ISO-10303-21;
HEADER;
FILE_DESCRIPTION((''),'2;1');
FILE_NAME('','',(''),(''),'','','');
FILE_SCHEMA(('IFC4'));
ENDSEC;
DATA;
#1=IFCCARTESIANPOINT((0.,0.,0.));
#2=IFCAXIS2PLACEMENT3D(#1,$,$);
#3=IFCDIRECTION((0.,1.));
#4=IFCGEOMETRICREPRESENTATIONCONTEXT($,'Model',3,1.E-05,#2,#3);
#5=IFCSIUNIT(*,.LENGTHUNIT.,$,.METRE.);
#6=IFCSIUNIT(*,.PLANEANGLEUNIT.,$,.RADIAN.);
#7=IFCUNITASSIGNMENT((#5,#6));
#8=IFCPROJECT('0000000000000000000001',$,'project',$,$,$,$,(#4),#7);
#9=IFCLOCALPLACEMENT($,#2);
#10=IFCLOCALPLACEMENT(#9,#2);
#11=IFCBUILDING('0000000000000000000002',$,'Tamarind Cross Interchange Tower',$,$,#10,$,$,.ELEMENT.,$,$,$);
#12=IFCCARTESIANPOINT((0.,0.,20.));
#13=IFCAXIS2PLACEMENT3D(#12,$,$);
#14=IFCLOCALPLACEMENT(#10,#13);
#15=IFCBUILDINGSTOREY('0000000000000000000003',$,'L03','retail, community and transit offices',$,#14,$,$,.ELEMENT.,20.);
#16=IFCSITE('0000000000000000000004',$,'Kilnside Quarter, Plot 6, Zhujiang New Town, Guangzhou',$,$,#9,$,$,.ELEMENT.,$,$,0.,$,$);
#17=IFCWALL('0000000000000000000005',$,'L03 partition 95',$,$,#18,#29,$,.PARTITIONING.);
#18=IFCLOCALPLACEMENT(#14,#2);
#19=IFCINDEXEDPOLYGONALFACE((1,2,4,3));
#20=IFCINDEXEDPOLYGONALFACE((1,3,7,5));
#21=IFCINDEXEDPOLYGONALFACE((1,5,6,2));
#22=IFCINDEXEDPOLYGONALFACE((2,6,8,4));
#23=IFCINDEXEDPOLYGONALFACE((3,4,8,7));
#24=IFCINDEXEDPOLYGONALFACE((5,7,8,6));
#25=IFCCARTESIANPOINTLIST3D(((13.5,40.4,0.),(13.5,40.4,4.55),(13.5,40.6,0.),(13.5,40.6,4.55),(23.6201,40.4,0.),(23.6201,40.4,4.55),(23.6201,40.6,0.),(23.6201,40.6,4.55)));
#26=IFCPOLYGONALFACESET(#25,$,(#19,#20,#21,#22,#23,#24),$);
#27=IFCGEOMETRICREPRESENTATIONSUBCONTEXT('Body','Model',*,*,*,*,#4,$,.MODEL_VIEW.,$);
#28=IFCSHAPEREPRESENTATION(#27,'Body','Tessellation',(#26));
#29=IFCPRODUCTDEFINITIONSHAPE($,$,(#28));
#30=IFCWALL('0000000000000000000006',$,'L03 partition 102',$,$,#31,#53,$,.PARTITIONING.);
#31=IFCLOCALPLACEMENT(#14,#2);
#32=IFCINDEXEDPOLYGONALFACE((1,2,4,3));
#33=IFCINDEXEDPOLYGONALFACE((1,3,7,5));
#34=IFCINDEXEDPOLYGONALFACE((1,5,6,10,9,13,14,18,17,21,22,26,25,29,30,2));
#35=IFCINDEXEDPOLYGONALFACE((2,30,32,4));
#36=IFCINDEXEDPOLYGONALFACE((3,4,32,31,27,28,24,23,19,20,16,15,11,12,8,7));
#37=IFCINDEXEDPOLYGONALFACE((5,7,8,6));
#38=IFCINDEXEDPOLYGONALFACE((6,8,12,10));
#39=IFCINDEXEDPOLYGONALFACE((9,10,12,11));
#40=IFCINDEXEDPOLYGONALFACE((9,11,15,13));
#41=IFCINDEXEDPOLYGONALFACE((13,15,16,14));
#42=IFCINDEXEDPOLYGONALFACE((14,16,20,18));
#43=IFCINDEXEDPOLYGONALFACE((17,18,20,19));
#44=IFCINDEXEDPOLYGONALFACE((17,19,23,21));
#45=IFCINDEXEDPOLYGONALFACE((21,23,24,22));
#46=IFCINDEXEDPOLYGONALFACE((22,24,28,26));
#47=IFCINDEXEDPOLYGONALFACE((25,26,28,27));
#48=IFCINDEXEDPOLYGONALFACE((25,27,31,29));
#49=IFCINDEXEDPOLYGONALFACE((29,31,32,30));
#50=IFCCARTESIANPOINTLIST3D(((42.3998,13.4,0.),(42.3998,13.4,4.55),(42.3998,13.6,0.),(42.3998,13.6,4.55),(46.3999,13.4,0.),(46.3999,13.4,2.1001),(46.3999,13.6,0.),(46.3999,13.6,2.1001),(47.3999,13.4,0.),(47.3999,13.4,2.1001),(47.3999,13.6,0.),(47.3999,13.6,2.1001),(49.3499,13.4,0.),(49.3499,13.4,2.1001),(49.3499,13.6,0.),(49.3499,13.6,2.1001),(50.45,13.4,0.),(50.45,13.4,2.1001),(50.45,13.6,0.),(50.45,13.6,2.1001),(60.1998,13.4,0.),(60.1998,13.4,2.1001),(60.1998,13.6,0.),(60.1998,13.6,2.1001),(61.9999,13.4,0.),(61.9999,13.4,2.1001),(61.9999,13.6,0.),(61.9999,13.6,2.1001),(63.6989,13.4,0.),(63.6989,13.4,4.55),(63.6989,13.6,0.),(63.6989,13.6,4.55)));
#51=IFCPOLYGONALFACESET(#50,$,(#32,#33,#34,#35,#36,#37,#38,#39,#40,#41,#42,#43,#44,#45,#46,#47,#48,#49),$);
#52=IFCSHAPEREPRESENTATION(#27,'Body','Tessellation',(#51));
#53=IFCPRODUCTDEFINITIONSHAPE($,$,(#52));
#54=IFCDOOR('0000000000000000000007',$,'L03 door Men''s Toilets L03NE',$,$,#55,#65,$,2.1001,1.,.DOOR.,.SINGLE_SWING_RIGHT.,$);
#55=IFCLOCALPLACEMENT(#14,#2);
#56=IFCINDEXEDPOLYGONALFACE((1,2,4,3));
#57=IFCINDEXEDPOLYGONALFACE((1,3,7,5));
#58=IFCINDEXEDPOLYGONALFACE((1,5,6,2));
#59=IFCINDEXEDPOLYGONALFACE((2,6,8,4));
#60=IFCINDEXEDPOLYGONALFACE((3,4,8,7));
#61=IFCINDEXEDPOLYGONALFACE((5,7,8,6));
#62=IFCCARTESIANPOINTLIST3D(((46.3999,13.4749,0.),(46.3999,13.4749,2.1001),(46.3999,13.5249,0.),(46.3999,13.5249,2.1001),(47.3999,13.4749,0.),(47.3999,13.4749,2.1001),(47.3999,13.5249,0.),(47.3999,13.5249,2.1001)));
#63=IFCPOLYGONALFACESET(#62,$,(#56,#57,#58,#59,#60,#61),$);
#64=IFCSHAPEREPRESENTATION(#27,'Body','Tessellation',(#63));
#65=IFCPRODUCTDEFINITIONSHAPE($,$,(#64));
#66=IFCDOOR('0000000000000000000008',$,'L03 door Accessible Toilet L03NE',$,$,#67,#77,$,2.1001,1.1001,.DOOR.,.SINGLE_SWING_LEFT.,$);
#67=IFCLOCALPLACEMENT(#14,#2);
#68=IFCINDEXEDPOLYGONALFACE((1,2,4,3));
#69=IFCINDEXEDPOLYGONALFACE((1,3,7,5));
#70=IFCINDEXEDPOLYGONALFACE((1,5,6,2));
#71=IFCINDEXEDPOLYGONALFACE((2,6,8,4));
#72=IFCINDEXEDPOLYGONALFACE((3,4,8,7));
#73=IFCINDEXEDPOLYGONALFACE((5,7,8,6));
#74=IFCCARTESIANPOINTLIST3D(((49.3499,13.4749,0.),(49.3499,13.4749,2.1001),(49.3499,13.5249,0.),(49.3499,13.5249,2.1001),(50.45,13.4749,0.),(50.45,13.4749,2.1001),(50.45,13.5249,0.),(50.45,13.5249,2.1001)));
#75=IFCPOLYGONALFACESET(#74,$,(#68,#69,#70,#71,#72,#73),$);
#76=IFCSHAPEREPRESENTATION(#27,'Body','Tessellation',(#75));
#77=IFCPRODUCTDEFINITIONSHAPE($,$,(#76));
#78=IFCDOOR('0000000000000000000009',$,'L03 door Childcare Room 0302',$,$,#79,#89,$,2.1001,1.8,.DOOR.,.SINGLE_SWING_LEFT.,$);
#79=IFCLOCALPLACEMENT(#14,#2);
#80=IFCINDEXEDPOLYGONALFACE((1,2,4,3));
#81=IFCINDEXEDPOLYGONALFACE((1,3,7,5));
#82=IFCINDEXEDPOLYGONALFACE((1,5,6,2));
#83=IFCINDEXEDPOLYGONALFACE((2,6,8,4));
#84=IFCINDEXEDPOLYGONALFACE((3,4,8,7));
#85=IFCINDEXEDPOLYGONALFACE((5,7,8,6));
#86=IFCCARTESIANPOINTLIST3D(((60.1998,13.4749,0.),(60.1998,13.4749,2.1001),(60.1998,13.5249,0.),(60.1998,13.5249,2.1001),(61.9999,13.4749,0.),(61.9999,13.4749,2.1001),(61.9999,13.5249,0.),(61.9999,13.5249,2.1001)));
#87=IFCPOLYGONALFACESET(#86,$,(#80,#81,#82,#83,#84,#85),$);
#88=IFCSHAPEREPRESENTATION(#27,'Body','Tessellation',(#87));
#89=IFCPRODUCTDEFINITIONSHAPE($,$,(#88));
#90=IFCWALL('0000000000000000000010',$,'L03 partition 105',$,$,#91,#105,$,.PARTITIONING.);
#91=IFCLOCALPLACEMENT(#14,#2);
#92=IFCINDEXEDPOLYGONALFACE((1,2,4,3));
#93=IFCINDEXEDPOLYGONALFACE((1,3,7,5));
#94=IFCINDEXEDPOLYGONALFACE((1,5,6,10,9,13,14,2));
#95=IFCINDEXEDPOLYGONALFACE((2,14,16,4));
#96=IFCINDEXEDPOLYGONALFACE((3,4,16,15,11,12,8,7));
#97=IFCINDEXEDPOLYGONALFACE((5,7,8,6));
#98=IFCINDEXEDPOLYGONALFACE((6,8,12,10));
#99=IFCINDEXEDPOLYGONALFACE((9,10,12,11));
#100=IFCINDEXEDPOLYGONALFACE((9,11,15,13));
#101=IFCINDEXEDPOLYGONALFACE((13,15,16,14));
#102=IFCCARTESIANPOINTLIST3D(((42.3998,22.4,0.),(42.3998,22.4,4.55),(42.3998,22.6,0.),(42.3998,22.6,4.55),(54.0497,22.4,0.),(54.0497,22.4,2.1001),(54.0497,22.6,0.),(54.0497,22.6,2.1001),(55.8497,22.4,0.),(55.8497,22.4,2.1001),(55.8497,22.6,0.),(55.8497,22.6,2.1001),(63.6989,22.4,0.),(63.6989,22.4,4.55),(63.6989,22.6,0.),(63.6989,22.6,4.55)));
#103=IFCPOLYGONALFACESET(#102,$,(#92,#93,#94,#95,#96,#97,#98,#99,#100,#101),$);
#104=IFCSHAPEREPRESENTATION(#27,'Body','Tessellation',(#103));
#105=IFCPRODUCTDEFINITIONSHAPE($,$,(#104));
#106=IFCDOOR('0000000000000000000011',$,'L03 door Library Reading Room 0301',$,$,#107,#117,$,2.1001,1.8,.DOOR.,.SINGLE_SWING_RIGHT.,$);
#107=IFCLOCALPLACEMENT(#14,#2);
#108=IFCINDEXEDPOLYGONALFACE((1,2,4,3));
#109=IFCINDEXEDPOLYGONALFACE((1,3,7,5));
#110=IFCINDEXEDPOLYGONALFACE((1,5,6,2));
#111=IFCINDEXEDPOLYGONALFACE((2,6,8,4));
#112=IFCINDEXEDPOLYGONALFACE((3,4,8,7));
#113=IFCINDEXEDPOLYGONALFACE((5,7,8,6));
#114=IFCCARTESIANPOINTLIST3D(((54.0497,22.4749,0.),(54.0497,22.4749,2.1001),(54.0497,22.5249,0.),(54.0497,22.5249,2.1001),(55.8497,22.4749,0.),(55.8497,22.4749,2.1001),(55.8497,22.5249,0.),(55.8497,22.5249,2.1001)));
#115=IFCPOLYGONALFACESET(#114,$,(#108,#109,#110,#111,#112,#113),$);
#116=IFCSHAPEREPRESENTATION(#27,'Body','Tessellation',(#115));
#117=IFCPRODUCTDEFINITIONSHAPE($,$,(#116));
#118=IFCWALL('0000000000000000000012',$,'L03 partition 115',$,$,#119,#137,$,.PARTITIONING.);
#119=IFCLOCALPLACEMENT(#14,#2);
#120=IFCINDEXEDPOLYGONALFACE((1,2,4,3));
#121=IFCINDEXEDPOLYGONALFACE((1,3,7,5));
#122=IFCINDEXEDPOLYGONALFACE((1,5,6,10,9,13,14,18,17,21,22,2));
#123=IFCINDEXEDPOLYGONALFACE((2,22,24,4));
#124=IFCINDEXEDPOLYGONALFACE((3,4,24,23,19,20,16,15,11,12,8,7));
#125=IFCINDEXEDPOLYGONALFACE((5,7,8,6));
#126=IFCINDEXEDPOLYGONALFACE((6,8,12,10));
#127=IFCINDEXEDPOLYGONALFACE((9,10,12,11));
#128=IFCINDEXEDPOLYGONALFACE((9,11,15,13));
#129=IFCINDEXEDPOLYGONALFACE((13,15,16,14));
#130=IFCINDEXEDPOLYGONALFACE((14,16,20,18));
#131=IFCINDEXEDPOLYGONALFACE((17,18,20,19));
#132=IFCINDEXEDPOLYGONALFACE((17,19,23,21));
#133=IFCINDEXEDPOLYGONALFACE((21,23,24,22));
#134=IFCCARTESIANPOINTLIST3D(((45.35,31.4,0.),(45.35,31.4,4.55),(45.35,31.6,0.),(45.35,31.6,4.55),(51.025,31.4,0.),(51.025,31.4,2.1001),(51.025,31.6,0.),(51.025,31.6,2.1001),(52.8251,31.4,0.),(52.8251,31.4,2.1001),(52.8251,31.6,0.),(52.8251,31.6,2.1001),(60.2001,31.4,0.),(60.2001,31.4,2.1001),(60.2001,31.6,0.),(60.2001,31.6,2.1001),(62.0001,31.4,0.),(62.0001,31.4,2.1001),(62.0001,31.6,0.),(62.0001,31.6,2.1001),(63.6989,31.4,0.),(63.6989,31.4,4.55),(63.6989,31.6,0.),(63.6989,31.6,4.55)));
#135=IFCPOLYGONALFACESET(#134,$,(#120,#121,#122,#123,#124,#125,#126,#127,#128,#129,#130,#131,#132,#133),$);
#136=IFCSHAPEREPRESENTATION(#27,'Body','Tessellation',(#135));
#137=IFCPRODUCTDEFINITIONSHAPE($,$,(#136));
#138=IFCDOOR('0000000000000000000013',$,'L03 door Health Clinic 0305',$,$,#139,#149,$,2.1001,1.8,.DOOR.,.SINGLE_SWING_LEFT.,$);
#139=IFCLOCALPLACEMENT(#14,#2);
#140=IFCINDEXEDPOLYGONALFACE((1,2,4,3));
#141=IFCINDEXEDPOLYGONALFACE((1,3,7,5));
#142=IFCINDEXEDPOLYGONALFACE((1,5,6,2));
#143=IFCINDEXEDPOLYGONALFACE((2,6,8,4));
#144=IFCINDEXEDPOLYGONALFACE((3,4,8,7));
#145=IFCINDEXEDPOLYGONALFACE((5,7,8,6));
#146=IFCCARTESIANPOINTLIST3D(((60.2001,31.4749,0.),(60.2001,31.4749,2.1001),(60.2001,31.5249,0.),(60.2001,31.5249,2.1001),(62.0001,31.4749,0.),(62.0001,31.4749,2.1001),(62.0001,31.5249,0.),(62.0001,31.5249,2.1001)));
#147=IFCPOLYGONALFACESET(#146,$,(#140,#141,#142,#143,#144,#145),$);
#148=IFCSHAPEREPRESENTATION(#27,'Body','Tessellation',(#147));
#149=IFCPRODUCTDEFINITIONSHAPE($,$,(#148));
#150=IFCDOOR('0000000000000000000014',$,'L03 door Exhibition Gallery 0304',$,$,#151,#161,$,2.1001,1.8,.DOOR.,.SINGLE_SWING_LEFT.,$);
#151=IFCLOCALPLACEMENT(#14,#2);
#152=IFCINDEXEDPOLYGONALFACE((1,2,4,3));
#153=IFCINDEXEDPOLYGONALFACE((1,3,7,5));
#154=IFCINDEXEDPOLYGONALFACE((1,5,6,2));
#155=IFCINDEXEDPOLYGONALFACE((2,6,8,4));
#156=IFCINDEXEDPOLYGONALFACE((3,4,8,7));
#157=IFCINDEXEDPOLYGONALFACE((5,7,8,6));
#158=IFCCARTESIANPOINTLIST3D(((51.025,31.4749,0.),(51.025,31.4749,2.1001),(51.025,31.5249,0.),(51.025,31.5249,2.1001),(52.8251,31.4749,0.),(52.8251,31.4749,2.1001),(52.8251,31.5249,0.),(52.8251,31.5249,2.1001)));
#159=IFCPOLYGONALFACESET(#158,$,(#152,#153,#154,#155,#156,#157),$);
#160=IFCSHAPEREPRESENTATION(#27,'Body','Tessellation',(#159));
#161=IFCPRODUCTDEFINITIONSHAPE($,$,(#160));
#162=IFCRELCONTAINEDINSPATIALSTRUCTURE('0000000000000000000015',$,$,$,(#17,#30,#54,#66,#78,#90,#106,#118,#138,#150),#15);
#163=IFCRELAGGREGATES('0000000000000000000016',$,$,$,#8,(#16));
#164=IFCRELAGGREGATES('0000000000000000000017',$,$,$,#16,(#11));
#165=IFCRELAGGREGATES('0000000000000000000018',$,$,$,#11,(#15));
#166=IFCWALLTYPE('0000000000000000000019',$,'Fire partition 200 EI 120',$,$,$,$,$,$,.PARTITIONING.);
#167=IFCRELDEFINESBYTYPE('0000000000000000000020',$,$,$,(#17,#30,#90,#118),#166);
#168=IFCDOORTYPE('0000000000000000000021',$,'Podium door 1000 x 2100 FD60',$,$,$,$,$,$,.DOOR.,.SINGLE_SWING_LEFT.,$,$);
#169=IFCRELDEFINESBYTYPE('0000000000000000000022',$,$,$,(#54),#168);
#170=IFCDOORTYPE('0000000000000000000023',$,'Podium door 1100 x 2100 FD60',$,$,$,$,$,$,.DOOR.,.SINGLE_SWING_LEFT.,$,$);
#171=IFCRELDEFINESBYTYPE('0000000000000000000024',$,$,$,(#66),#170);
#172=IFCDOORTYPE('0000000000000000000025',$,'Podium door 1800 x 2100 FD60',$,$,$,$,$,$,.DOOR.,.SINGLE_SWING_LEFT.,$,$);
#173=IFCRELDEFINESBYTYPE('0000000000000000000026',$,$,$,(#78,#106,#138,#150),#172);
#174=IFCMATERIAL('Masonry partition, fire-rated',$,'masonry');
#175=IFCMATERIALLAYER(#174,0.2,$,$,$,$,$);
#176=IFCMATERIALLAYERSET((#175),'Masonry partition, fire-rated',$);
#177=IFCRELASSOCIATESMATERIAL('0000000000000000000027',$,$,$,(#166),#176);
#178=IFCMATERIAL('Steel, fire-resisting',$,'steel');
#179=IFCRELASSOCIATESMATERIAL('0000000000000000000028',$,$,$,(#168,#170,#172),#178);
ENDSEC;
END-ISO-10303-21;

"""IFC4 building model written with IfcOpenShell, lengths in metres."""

from ifc_helpers import new_model, si_unit, direction, frame, frame_2d, origin, place, context, subcontext, project, spatial, rectangle, extrude, material, layer, layer_set, type_object, element, fill, save


model = new_model("IFC4")

# Units and contexts
model_context = context("Model", 3, precision=1e-05, world=origin(), true_north=direction((0.0, 1.0)))
body_context = subcontext(model_context, "Body", "Model", "MODEL_VIEW")
ifc_project = project(units=[si_unit("LENGTHUNIT", "METRE"), si_unit("PLANEANGLEUNIT", "RADIAN")], contexts=[model_context])

# Site, building, storey
site_placement = place(None, origin())
site = spatial("IfcSite", under=ifc_project, at=site_placement, Name="Kilnside Quarter, Plot 6, Zhujiang New Town, Guangzhou", CompositionType="ELEMENT", RefElevation=0.0)
building_placement = place(site_placement, origin())
building = spatial("IfcBuilding", under=site, at=building_placement, Name="Tamarind Cross Interchange Tower", CompositionType="ELEMENT")
storey_placement = place(building_placement, frame((0.0, 0.0, 20.0)))
storey = spatial("IfcBuildingStorey", under=building, at=storey_placement, Name="L03", Description="retail, community and transit offices", CompositionType="ELEMENT", Elevation=20.0)

# Wall
ifc_material_1 = material(Name="Masonry partition, fire-rated", Category="masonry")
ifc_layer_1 = layer(ifc_material_1, 0.2)
ifc_layer_set_1 = layer_set([ifc_layer_1], Name="Masonry partition, fire-rated")
wall_type_1 = type_object("IfcWallType", Name="Fire partition 200 EI 120", PredefinedType="PARTITIONING", material=ifc_layer_set_1)
wall_1_placement = place(storey_placement, frame((13.5, 40.5, 0.0), z_axis=(0.0, 0.0, 1.0), x_axis=(1.0, 0.0, 0.0)))
element("IfcWall", 1, at=wall_1_placement, inside=storey, type_object=wall_type_1, Name="L03 partition 95", PredefinedType="PARTITIONING", context=body_context, shape_type="SweptSolid", body=[
    extrude(rectangle(XDim=10.1201, YDim=0.2, at=frame_2d((5.0601, 0.0))), origin(), (0.0, 0.0, 1.0), 4.55),
])

# Wall, openings, doors
wall_2_placement = place(storey_placement, frame((42.3999, 13.5, 0.0), z_axis=(0.0, 0.0, 1.0), x_axis=(1.0, 0.0, 0.0)))
wall_2 = element("IfcWall", 2, at=wall_2_placement, inside=storey, type_object=wall_type_1, Name="L03 partition 102", PredefinedType="PARTITIONING", context=body_context, shape_type="SweptSolid", body=[
    extrude(rectangle(XDim=21.2991, YDim=0.2, at=frame_2d((10.6494, 0.0))), origin(), (0.0, 0.0, 1.0), 4.55),
])
opening_1_placement = place(wall_2_placement, frame((4.0, 0.0, 0.0)))
opening_1 = element("IfcOpeningElement", 3, at=opening_1_placement, cuts=wall_2, PredefinedType="OPENING", context=body_context, shape_type="SweptSolid", body=[
    extrude(rectangle(XDim=1.0, YDim=2.1001, at=frame_2d((0.5, 1.05))), frame((0.0, 0.1099, 0.0), z_axis=(0.0, -1.0, 0.0), x_axis=(1.0, 0.0, 0.0)), (0.0, 0.0, 1.0), 0.22),
])
opening_2_placement = place(wall_2_placement, frame((6.95, 0.0, 0.0)))
opening_2 = element("IfcOpeningElement", 4, at=opening_2_placement, cuts=wall_2, PredefinedType="OPENING", context=body_context, shape_type="SweptSolid", body=[
    extrude(rectangle(XDim=1.1001, YDim=2.1001, at=frame_2d((0.55, 1.05))), frame((0.0, 0.1099, 0.0), z_axis=(0.0, -1.0, 0.0), x_axis=(1.0, 0.0, 0.0)), (0.0, 0.0, 1.0), 0.22),
])
opening_3_placement = place(wall_2_placement, frame((17.8, 0.0, 0.0)))
opening_3 = element("IfcOpeningElement", 5, at=opening_3_placement, cuts=wall_2, PredefinedType="OPENING", context=body_context, shape_type="SweptSolid", body=[
    extrude(rectangle(XDim=1.8, YDim=2.1001, at=frame_2d((0.8999, 1.05))), frame((0.0, 0.1099, 0.0), z_axis=(0.0, -1.0, 0.0), x_axis=(1.0, 0.0, 0.0)), (0.0, 0.0, 1.0), 0.22),
])
ifc_material_2 = material(Name="Steel, fire-resisting", Category="steel")
door_type_1 = type_object("IfcDoorType", Name="Podium door 1000 x 2100 FD60", OperationType="SINGLE_SWING_LEFT", PredefinedType="DOOR", material=ifc_material_2)
door_1_placement = place(opening_1_placement, origin())
door_1 = element("IfcDoor", 6, at=door_1_placement, inside=storey, type_object=door_type_1, Name="L03 door Men's Toilets L03NE", OperationType="SINGLE_SWING_RIGHT", OverallHeight=2.1001, OverallWidth=1.0, PredefinedType="DOOR", context=body_context, shape_type="SweptSolid", body=[
    extrude(rectangle(XDim=1.0, YDim=2.1001, at=frame_2d((0.5, 1.05))), frame((0.0, 0.0249, 0.0), z_axis=(0.0, -1.0, 0.0), x_axis=(1.0, 0.0, 0.0)), (0.0, 0.0, 1.0), 0.05),
])
fill(opening_1, door_1)
door_type_2 = type_object("IfcDoorType", Name="Podium door 1100 x 2100 FD60", OperationType="SINGLE_SWING_LEFT", PredefinedType="DOOR", material=ifc_material_2)
door_2_placement = place(opening_2_placement, origin())
door_2 = element("IfcDoor", 7, at=door_2_placement, inside=storey, type_object=door_type_2, Name="L03 door Accessible Toilet L03NE", OperationType="SINGLE_SWING_LEFT", OverallHeight=2.1001, OverallWidth=1.1001, PredefinedType="DOOR", context=body_context, shape_type="SweptSolid", body=[
    extrude(rectangle(XDim=1.1001, YDim=2.1001, at=frame_2d((0.55, 1.05))), frame((0.0, 0.0249, 0.0), z_axis=(0.0, -1.0, 0.0), x_axis=(1.0, 0.0, 0.0)), (0.0, 0.0, 1.0), 0.05),
])
fill(opening_2, door_2)
door_type_3 = type_object("IfcDoorType", Name="Podium door 1800 x 2100 FD60", OperationType="SINGLE_SWING_LEFT", PredefinedType="DOOR", material=ifc_material_2)
door_3_placement = place(opening_3_placement, origin())
door_3 = element("IfcDoor", 8, at=door_3_placement, inside=storey, type_object=door_type_3, Name="L03 door Childcare Room 0302", OperationType="SINGLE_SWING_LEFT", OverallHeight=2.1001, OverallWidth=1.8, PredefinedType="DOOR", context=body_context, shape_type="SweptSolid", body=[
    extrude(rectangle(XDim=1.8, YDim=2.1001, at=frame_2d((0.8999, 1.05))), frame((0.0, 0.0249, 0.0), z_axis=(0.0, -1.0, 0.0), x_axis=(1.0, 0.0, 0.0)), (0.0, 0.0, 1.0), 0.05),
])
fill(opening_3, door_3)

# Wall, opening, door
wall_3_placement = place(storey_placement, frame((42.3999, 22.5, 0.0), z_axis=(0.0, 0.0, 1.0), x_axis=(1.0, 0.0, 0.0)))
wall_3 = element("IfcWall", 9, at=wall_3_placement, inside=storey, type_object=wall_type_1, Name="L03 partition 105", PredefinedType="PARTITIONING", context=body_context, shape_type="SweptSolid", body=[
    extrude(rectangle(XDim=21.2991, YDim=0.2, at=frame_2d((10.6494, 0.0))), origin(), (0.0, 0.0, 1.0), 4.55),
])
opening_4_placement = place(wall_3_placement, frame((11.6499, 0.0, 0.0)))
opening_4 = element("IfcOpeningElement", 10, at=opening_4_placement, cuts=wall_3, PredefinedType="OPENING", context=body_context, shape_type="SweptSolid", body=[
    extrude(rectangle(XDim=1.8, YDim=2.1001, at=frame_2d((0.8999, 1.05))), frame((0.0, 0.1099, 0.0), z_axis=(0.0, -1.0, 0.0), x_axis=(1.0, 0.0, 0.0)), (0.0, 0.0, 1.0), 0.22),
])
door_4_placement = place(opening_4_placement, origin())
door_4 = element("IfcDoor", 11, at=door_4_placement, inside=storey, type_object=door_type_3, Name="L03 door Library Reading Room 0301", OperationType="SINGLE_SWING_RIGHT", OverallHeight=2.1001, OverallWidth=1.8, PredefinedType="DOOR", context=body_context, shape_type="SweptSolid", body=[
    extrude(rectangle(XDim=1.8, YDim=2.1001, at=frame_2d((0.8999, 1.05))), frame((0.0, 0.0249, 0.0), z_axis=(0.0, -1.0, 0.0), x_axis=(1.0, 0.0, 0.0)), (0.0, 0.0, 1.0), 0.05),
])
fill(opening_4, door_4)

# Wall, openings, doors
wall_4_placement = place(storey_placement, frame((45.3501, 31.5, 0.0), z_axis=(0.0, 0.0, 1.0), x_axis=(1.0, 0.0, 0.0)))
wall_4 = element("IfcWall", 12, at=wall_4_placement, inside=storey, type_object=wall_type_1, Name="L03 partition 115", PredefinedType="PARTITIONING", context=body_context, shape_type="SweptSolid", body=[
    extrude(rectangle(XDim=18.3489, YDim=0.2, at=frame_2d((9.1743, 0.0))), origin(), (0.0, 0.0, 1.0), 4.55),
])
opening_5_placement = place(wall_4_placement, frame((14.8501, 0.0, 0.0)))
opening_5 = element("IfcOpeningElement", 13, at=opening_5_placement, cuts=wall_4, PredefinedType="OPENING", context=body_context, shape_type="SweptSolid", body=[
    extrude(rectangle(XDim=1.8, YDim=2.1001, at=frame_2d((0.8999, 1.05))), frame((0.0, 0.1099, 0.0), z_axis=(0.0, -1.0, 0.0), x_axis=(1.0, 0.0, 0.0)), (0.0, 0.0, 1.0), 0.22),
])
opening_6_placement = place(wall_4_placement, frame((5.675, 0.0, 0.0)))
opening_6 = element("IfcOpeningElement", 14, at=opening_6_placement, cuts=wall_4, PredefinedType="OPENING", context=body_context, shape_type="SweptSolid", body=[
    extrude(rectangle(XDim=1.8, YDim=2.1001, at=frame_2d((0.8999, 1.05))), frame((0.0, 0.1099, 0.0), z_axis=(0.0, -1.0, 0.0), x_axis=(1.0, 0.0, 0.0)), (0.0, 0.0, 1.0), 0.22),
])
door_5_placement = place(opening_5_placement, origin())
door_5 = element("IfcDoor", 15, at=door_5_placement, inside=storey, type_object=door_type_3, Name="L03 door Health Clinic 0305", OperationType="SINGLE_SWING_LEFT", OverallHeight=2.1001, OverallWidth=1.8, PredefinedType="DOOR", context=body_context, shape_type="SweptSolid", body=[
    extrude(rectangle(XDim=1.8, YDim=2.1001, at=frame_2d((0.8999, 1.05))), frame((0.0, 0.0249, 0.0), z_axis=(0.0, -1.0, 0.0), x_axis=(1.0, 0.0, 0.0)), (0.0, 0.0, 1.0), 0.05),
])
fill(opening_5, door_5)
door_6_placement = place(opening_6_placement, origin())
door_6 = element("IfcDoor", 16, at=door_6_placement, inside=storey, type_object=door_type_3, Name="L03 door Exhibition Gallery 0304", OperationType="SINGLE_SWING_LEFT", OverallHeight=2.1001, OverallWidth=1.8, PredefinedType="DOOR", context=body_context, shape_type="SweptSolid", body=[
    extrude(rectangle(XDim=1.8, YDim=2.1001, at=frame_2d((0.8999, 1.05))), frame((0.0, 0.0249, 0.0), z_axis=(0.0, -1.0, 0.0), x_axis=(1.0, 0.0, 0.0)), (0.0, 0.0, 1.0), 0.05),
])
fill(opening_6, door_6)

save(model, "model.ifc")
